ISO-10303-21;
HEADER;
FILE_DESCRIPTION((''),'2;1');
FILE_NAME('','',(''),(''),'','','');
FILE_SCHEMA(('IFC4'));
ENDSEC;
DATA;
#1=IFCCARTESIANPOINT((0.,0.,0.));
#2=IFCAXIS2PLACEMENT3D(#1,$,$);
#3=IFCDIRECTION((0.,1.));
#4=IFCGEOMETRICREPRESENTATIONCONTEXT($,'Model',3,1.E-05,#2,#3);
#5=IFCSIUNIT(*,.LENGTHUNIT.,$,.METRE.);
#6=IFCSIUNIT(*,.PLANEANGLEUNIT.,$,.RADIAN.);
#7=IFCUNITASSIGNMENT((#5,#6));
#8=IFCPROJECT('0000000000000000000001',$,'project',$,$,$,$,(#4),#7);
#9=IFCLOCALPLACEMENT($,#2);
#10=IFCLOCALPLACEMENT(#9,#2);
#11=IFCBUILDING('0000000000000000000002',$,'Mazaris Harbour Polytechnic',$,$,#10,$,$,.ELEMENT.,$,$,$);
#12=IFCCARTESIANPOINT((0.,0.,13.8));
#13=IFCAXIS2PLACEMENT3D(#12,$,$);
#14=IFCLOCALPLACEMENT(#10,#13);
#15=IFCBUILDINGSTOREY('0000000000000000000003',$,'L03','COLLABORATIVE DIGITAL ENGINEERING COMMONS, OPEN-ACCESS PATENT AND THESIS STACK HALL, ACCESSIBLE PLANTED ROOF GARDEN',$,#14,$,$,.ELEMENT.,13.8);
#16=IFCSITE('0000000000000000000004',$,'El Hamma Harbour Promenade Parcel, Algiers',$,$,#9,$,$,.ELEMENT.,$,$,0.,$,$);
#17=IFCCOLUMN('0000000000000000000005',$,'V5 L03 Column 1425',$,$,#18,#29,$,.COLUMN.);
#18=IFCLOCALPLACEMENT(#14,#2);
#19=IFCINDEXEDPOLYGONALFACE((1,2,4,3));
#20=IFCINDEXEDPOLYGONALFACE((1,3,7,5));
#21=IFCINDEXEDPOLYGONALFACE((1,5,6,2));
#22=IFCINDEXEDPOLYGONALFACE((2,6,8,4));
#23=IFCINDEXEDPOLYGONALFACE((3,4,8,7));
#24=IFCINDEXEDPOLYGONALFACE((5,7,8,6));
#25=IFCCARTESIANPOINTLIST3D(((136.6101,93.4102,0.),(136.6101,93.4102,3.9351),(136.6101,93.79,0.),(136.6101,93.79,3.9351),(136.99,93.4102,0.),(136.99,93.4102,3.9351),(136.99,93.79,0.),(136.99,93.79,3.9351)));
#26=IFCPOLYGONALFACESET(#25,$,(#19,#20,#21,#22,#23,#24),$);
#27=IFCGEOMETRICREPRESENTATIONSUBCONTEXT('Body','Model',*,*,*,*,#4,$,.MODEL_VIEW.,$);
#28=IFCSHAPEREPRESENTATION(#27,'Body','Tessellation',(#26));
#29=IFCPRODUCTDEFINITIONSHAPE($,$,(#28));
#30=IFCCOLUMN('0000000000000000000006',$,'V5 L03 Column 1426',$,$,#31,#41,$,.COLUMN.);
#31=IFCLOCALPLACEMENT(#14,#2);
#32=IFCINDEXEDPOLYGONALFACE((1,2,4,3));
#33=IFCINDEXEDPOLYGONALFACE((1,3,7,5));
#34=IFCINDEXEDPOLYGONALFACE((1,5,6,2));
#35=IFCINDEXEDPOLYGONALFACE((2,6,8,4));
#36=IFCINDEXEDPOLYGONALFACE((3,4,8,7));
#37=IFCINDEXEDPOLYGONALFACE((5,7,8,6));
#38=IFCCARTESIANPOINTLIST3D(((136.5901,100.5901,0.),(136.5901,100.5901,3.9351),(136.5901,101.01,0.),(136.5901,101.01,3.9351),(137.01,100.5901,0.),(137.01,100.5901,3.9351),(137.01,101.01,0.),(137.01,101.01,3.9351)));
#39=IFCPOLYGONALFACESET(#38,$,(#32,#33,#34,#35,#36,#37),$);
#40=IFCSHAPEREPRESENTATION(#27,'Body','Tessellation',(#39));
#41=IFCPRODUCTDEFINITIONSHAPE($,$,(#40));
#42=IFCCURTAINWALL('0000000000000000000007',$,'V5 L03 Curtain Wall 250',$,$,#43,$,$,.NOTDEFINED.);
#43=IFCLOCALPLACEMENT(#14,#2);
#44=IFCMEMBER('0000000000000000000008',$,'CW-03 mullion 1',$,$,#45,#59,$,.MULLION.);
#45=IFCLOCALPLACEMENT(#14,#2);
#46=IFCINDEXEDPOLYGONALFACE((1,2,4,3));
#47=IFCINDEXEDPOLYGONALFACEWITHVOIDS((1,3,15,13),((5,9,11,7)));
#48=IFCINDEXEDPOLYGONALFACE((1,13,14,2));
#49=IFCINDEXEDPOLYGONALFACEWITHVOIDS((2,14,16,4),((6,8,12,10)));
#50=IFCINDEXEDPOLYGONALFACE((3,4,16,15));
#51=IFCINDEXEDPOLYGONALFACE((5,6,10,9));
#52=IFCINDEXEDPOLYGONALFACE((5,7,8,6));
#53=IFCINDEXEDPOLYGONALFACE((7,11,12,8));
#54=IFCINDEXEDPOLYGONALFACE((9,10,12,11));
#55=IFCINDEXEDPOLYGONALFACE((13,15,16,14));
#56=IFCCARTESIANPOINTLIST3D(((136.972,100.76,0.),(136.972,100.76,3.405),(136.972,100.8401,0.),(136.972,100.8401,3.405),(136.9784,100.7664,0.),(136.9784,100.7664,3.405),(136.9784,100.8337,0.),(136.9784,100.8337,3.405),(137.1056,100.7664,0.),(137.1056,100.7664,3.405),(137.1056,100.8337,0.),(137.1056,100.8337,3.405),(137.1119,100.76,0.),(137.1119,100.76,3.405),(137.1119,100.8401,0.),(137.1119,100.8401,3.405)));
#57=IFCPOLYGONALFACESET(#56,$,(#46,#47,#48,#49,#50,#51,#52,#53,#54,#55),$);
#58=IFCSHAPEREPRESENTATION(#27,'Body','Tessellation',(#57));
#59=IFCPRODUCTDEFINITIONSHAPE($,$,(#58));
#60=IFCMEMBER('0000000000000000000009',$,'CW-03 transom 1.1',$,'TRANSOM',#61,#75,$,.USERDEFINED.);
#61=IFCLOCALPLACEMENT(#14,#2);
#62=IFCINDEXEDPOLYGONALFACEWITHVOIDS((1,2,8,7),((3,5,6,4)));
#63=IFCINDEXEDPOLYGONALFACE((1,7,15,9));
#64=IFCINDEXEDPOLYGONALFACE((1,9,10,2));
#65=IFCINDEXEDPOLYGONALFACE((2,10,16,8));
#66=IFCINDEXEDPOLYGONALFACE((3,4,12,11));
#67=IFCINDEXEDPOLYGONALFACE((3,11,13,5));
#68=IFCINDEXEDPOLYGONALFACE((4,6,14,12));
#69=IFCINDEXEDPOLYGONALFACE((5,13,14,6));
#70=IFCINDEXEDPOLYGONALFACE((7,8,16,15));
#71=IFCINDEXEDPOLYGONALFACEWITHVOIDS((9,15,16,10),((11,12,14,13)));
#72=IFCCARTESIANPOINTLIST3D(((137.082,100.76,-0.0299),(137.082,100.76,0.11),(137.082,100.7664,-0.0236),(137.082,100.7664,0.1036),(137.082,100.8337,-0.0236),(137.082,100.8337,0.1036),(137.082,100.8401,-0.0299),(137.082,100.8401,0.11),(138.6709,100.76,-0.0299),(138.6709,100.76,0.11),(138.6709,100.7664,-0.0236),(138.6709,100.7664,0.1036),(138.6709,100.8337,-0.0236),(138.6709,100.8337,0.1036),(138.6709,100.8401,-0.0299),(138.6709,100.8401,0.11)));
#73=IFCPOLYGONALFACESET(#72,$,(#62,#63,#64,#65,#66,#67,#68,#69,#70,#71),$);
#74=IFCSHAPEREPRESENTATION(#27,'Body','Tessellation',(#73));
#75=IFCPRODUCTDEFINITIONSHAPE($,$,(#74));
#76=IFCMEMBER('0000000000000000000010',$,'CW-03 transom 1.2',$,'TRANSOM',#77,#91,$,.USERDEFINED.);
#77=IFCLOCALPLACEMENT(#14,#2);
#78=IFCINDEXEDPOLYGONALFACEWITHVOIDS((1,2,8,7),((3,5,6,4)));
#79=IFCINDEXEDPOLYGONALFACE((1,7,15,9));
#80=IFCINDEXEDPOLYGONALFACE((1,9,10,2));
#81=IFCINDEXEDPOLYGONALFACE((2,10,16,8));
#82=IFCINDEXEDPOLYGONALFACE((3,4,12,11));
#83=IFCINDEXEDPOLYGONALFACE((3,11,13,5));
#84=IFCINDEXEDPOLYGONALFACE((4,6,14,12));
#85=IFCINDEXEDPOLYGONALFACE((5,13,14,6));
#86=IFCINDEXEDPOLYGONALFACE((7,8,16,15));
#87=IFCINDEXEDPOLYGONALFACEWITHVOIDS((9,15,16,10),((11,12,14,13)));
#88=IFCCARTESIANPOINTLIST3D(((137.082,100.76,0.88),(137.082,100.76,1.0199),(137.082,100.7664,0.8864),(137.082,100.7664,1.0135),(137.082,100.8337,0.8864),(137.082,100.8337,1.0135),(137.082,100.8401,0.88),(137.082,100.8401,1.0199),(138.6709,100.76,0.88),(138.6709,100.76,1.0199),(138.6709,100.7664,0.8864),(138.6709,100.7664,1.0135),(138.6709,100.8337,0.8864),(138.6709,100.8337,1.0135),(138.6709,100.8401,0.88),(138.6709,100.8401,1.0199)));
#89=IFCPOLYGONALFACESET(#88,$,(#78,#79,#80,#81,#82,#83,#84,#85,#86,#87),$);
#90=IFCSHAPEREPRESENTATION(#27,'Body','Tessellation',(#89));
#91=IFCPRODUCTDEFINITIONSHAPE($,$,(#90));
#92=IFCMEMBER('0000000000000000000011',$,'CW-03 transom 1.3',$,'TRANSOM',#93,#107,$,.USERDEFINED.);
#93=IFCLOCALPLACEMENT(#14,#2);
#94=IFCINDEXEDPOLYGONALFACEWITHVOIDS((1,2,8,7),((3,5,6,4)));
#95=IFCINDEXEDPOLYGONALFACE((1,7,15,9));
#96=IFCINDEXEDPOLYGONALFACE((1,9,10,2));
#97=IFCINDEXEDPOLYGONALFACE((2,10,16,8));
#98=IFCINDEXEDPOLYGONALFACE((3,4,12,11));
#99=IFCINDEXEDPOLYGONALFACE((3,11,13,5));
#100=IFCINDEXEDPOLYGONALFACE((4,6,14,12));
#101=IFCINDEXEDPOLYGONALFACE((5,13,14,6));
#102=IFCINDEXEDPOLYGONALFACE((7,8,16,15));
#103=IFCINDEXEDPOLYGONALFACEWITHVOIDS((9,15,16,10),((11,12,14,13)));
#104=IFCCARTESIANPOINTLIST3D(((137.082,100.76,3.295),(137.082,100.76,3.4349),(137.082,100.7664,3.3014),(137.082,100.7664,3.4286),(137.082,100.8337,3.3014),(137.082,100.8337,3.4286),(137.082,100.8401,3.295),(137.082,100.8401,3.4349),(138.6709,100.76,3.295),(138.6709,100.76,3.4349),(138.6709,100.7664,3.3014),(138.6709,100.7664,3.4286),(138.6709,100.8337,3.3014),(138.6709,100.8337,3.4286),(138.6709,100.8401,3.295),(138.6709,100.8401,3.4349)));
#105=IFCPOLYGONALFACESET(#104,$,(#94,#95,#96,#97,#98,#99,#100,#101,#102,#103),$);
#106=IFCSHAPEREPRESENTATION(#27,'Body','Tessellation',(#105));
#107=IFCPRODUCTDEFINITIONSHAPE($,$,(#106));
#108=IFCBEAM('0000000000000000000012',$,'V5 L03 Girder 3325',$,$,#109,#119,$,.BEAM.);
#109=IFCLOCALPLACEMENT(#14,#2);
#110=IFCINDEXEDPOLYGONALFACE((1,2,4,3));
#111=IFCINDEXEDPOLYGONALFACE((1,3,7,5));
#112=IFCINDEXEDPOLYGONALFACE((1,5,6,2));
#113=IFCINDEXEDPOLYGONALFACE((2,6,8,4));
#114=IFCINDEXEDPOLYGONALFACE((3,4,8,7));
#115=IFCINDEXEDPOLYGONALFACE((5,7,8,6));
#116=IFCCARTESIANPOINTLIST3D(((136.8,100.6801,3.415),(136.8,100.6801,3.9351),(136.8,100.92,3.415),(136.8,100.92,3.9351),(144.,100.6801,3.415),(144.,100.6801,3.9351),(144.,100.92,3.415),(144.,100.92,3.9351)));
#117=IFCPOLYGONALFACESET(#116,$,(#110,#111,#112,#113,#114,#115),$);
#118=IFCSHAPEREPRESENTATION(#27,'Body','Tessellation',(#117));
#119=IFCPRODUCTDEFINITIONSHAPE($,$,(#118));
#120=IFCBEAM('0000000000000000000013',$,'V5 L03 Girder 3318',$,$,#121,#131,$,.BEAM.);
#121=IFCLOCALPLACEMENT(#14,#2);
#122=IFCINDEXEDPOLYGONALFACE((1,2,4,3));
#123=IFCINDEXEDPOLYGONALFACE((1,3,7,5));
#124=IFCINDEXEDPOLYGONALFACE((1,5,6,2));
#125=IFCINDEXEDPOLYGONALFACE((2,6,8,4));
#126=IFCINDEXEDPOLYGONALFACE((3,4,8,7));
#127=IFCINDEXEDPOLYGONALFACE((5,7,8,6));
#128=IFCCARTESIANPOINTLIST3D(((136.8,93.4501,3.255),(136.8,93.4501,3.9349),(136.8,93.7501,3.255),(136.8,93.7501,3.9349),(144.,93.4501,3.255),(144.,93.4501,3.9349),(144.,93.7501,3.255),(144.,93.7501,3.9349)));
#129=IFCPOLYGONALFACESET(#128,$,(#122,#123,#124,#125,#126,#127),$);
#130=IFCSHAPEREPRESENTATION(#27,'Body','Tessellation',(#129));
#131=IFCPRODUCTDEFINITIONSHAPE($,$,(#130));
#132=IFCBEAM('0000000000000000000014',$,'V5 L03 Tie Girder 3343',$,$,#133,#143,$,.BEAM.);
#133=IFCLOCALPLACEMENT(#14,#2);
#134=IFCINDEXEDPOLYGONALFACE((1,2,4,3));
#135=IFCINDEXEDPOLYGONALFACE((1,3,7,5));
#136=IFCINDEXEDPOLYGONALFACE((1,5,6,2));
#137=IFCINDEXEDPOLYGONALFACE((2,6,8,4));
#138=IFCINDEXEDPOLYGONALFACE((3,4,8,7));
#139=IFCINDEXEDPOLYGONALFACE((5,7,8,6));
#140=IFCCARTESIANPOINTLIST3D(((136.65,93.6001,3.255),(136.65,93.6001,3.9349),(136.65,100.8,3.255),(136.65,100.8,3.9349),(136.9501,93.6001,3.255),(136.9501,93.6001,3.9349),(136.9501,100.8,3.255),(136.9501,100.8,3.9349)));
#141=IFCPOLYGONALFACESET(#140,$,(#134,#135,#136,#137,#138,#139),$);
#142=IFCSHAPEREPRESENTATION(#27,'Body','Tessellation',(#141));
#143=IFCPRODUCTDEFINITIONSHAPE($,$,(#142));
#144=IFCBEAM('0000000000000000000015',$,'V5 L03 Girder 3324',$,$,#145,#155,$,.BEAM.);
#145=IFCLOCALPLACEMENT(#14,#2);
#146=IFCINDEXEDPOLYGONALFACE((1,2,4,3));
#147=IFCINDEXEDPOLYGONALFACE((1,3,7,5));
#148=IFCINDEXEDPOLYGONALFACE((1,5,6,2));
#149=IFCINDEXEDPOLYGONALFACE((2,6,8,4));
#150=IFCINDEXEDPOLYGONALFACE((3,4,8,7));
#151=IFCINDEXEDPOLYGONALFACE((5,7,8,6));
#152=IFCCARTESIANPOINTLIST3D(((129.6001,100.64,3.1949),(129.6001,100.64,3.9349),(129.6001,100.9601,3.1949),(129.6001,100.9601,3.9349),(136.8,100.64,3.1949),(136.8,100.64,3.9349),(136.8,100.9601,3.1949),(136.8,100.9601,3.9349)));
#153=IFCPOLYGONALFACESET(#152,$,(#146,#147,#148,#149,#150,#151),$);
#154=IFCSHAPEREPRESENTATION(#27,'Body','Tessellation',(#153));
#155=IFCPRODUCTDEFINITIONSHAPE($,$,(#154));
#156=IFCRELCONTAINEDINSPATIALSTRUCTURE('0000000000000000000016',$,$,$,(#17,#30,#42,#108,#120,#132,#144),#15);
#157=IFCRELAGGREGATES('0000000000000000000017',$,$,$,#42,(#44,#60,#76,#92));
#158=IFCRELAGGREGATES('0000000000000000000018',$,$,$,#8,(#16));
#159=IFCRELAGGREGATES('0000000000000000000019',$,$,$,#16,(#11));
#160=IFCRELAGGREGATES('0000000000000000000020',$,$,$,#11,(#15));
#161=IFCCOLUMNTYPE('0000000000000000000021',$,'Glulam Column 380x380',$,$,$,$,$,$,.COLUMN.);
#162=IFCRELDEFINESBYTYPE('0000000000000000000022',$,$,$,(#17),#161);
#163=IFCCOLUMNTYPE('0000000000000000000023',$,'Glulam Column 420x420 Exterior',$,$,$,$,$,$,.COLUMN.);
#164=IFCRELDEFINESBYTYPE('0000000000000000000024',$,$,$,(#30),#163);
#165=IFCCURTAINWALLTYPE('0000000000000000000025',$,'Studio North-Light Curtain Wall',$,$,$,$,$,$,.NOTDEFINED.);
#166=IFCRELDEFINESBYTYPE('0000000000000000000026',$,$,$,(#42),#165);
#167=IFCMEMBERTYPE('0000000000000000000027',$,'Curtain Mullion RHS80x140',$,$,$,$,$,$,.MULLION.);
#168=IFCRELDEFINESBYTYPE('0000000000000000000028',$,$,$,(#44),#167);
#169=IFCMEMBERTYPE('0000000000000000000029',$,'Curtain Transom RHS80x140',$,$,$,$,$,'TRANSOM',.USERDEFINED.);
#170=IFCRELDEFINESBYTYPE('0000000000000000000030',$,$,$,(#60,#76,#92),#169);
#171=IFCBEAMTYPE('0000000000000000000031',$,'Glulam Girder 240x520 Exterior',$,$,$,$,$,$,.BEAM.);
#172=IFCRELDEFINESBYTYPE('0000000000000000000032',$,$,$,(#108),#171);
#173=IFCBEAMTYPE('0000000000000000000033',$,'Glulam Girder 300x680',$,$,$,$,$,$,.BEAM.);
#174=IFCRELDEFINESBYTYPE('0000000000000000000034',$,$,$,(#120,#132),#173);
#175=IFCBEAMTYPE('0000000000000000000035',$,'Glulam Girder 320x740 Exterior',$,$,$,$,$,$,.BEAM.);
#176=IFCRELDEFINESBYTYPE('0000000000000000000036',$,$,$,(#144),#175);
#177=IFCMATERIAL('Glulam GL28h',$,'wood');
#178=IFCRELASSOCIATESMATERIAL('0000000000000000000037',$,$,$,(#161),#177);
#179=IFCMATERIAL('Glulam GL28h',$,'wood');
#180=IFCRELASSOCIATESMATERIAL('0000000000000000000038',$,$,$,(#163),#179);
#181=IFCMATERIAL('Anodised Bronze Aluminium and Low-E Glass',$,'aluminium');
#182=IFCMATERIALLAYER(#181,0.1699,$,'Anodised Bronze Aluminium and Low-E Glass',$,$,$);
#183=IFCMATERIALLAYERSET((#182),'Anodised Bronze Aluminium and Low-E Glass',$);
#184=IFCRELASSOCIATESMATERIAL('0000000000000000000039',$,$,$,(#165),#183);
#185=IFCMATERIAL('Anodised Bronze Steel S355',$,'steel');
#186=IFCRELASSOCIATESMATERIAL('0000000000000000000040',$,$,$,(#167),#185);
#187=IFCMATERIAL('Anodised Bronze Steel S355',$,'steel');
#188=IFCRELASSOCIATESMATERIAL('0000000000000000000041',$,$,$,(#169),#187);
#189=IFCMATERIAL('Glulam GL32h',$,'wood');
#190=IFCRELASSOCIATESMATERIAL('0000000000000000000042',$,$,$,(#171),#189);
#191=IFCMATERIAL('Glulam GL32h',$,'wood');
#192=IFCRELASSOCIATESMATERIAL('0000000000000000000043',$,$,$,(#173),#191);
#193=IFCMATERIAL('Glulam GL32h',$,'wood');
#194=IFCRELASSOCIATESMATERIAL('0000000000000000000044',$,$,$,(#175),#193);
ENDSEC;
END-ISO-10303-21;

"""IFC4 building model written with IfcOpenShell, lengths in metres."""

from ifc_helpers import new_model, si_unit, direction, frame, origin, origin_2d, place, context, subcontext, project, spatial, rectangle, hollow_rectangle, extrude, material, layer, layer_set, material_profile, profile_set, type_object, element, aggregate, save


model = new_model("IFC4")

# Units and contexts
model_context = context("Model", 3, precision=1e-05, world=origin(), true_north=direction((0.0, 1.0)))
body_context = subcontext(model_context, "Body", "Model", "MODEL_VIEW")
ifc_project = project(units=[si_unit("LENGTHUNIT", "METRE"), si_unit("PLANEANGLEUNIT", "RADIAN")], contexts=[model_context])

# Site, building, storey
site_placement = place(None, origin())
site = spatial("IfcSite", under=ifc_project, at=site_placement, Name="El Hamma Harbour Promenade Parcel, Algiers", CompositionType="ELEMENT", RefElevation=0.0)
building_placement = place(site_placement, origin())
building = spatial("IfcBuilding", under=site, at=building_placement, Name="Mazaris Harbour Polytechnic", CompositionType="ELEMENT")
storey_placement = place(building_placement, frame((0.0, 0.0, 13.8)))
storey = spatial("IfcBuildingStorey", under=building, at=storey_placement, Name="L03", Description="COLLABORATIVE DIGITAL ENGINEERING COMMONS, OPEN-ACCESS PATENT AND THESIS STACK HALL, ACCESSIBLE PLANTED ROOF GARDEN", CompositionType="ELEMENT", Elevation=13.8)

# Columns
ifc_material_1 = material(Name="Glulam GL28h", Category="wood")
ifc_material_profile_1 = material_profile(ifc_material_1, rectangle(XDim=0.3799, YDim=0.3799, at=origin_2d()), Name="RECT380x380")
ifc_profile_set_1 = profile_set([ifc_material_profile_1], Name="Glulam GL28h")
column_type_1 = type_object("IfcColumnType", Name="Glulam Column 380x380", PredefinedType="COLUMN", material=ifc_profile_set_1)
column_1_placement = place(storey_placement, frame((136.8, 93.6001, 0.0), z_axis=(0.0, 0.0, 1.0), x_axis=(1.0, 0.0, 0.0)))
element("IfcColumn", 1, at=column_1_placement, inside=storey, type_object=column_type_1, Name="V5 L03 Column 1425", PredefinedType="COLUMN", context=body_context, shape_type="SweptSolid", body=[
    extrude(rectangle(XDim=0.3799, YDim=0.3799, at=origin_2d()), origin(), (0.0, 0.0, 1.0), 3.9351),
])
ifc_material_2 = material(Name="Glulam GL28h", Category="wood")
ifc_material_profile_2 = material_profile(ifc_material_2, rectangle(XDim=0.4199, YDim=0.4199, at=origin_2d()), Name="RECT420x420")
ifc_profile_set_2 = profile_set([ifc_material_profile_2], Name="Glulam GL28h")
column_type_2 = type_object("IfcColumnType", Name="Glulam Column 420x420 Exterior", PredefinedType="COLUMN", material=ifc_profile_set_2)
column_2_placement = place(storey_placement, frame((136.8, 100.8, 0.0), z_axis=(0.0, 0.0, 1.0), x_axis=(1.0, 0.0, 0.0)))
element("IfcColumn", 2, at=column_2_placement, inside=storey, type_object=column_type_2, Name="V5 L03 Column 1426", PredefinedType="COLUMN", context=body_context, shape_type="SweptSolid", body=[
    extrude(rectangle(XDim=0.4199, YDim=0.4199, at=origin_2d()), origin(), (0.0, 0.0, 1.0), 3.9351),
])

# Curtain wall, members
ifc_material_3 = material(Name="Anodised Bronze Aluminium and Low-E Glass", Category="aluminium")
ifc_layer_1 = layer(ifc_material_3, 0.1699, Name="Anodised Bronze Aluminium and Low-E Glass")
ifc_layer_set_1 = layer_set([ifc_layer_1], Name="Anodised Bronze Aluminium and Low-E Glass")
curtain_wall_type = type_object("IfcCurtainWallType", Name="Studio North-Light Curtain Wall", PredefinedType="NOTDEFINED", material=ifc_layer_set_1)
curtain_wall_placement = place(storey_placement, origin())
curtain_wall = element("IfcCurtainWall", 3, at=curtain_wall_placement, inside=storey, type_object=curtain_wall_type, Name="V5 L03 Curtain Wall 250", PredefinedType="NOTDEFINED")
ifc_material_4 = material(Name="Anodised Bronze Steel S355", Category="steel")
ifc_material_profile_3 = material_profile(ifc_material_4, hollow_rectangle(XDim=0.0801, YDim=0.1399, WallThickness=0.0063, at=origin_2d()), Name="RHS 80x140x6.3")
ifc_profile_set_3 = profile_set([ifc_material_profile_3], Name="Anodised Bronze Steel S355")
member_type_1 = type_object("IfcMemberType", Name="Curtain Mullion RHS80x140", PredefinedType="MULLION", material=ifc_profile_set_3)
member_1_placement = place(storey_placement, frame((137.042, 100.8, 0.0), z_axis=(0.0, 0.0, 1.0), x_axis=(0.0, 1.0, 0.0)))
member_1 = element("IfcMember", 4, at=member_1_placement, type_object=member_type_1, Name="CW-03 mullion 1", PredefinedType="MULLION", context=body_context, shape_type="SweptSolid", body=[
    extrude(hollow_rectangle(XDim=0.0801, YDim=0.1399, WallThickness=0.0063, at=origin_2d()), origin(), (0.0, 0.0, 1.0), 3.405),
])
ifc_material_5 = material(Name="Anodised Bronze Steel S355", Category="steel")
ifc_material_profile_4 = material_profile(ifc_material_5, hollow_rectangle(XDim=0.0801, YDim=0.1399, WallThickness=0.0063, at=origin_2d()), Name="RHS 80x140x6.3")
ifc_profile_set_4 = profile_set([ifc_material_profile_4], Name="Anodised Bronze Steel S355")
member_type_2 = type_object("IfcMemberType", Name="Curtain Transom RHS80x140", ElementType="TRANSOM", PredefinedType="USERDEFINED", material=ifc_profile_set_4)
member_2_placement = place(storey_placement, frame((137.082, 100.8, 0.04), z_axis=(1.0, 0.0, 0.0), x_axis=(0.0, 1.0, 0.0)))
member_2 = element("IfcMember", 5, at=member_2_placement, type_object=member_type_2, Name="CW-03 transom 1.1", ObjectType="TRANSOM", PredefinedType="USERDEFINED", context=body_context, shape_type="SweptSolid", body=[
    extrude(hollow_rectangle(XDim=0.0801, YDim=0.1399, WallThickness=0.0063, at=origin_2d()), origin(), (0.0, 0.0, 1.0), 1.5889),
])
member_3_placement = place(storey_placement, frame((137.082, 100.8, 0.95), z_axis=(1.0, 0.0, 0.0), x_axis=(0.0, 1.0, 0.0)))
member_3 = element("IfcMember", 6, at=member_3_placement, type_object=member_type_2, Name="CW-03 transom 1.2", ObjectType="TRANSOM", PredefinedType="USERDEFINED", context=body_context, shape_type="SweptSolid", body=[
    extrude(hollow_rectangle(XDim=0.0801, YDim=0.1399, WallThickness=0.0063, at=origin_2d()), origin(), (0.0, 0.0, 1.0), 1.5889),
])
member_4_placement = place(storey_placement, frame((137.082, 100.8, 3.365), z_axis=(1.0, 0.0, 0.0), x_axis=(0.0, 1.0, 0.0)))
member_4 = element("IfcMember", 7, at=member_4_placement, type_object=member_type_2, Name="CW-03 transom 1.3", ObjectType="TRANSOM", PredefinedType="USERDEFINED", context=body_context, shape_type="SweptSolid", body=[
    extrude(hollow_rectangle(XDim=0.0801, YDim=0.1399, WallThickness=0.0063, at=origin_2d()), origin(), (0.0, 0.0, 1.0), 1.5889),
])
aggregate(curtain_wall, [member_1, member_2, member_3, member_4])

# Beams
ifc_material_6 = material(Name="Glulam GL32h", Category="wood")
ifc_material_profile_5 = material_profile(ifc_material_6, rectangle(XDim=0.24, YDim=0.52, at=origin_2d()), Name="RECT240x520")
ifc_profile_set_5 = profile_set([ifc_material_profile_5], Name="Glulam GL32h")
beam_type_1 = type_object("IfcBeamType", Name="Glulam Girder 240x520 Exterior", PredefinedType="BEAM", material=ifc_profile_set_5)
beam_1_placement = place(storey_placement, frame((136.8, 100.8, 3.675), z_axis=(1.0, 0.0, 0.0), x_axis=(0.0, 1.0, 0.0)))
element("IfcBeam", 8, at=beam_1_placement, inside=storey, type_object=beam_type_1, Name="V5 L03 Girder 3325", PredefinedType="BEAM", context=body_context, shape_type="SweptSolid", body=[
    extrude(rectangle(XDim=0.24, YDim=0.52, at=origin_2d()), origin(), (0.0, 0.0, 1.0), 7.2),
])
ifc_material_7 = material(Name="Glulam GL32h", Category="wood")
ifc_material_profile_6 = material_profile(ifc_material_7, rectangle(XDim=0.3, YDim=0.6799, at=origin_2d()), Name="RECT300x680")
ifc_profile_set_6 = profile_set([ifc_material_profile_6], Name="Glulam GL32h")
beam_type_2 = type_object("IfcBeamType", Name="Glulam Girder 300x680", PredefinedType="BEAM", material=ifc_profile_set_6)
for number, where, z_axis, x_axis, name in (
    (9, (136.8, 93.6001, 3.595), (1.0, 0.0, 0.0), (0.0, 1.0, 0.0), "V5 L03 Girder 3318"),
    (10, (136.8, 93.6001, 3.595), (0.0, 1.0, 0.0), (-1.0, 0.0, 0.0), "V5 L03 Tie Girder 3343"),
):
    element("IfcBeam", number, at=place(storey_placement, frame(where, z_axis=z_axis, x_axis=x_axis)), inside=storey, type_object=beam_type_2, Name=name, PredefinedType="BEAM", context=body_context, shape_type="SweptSolid", body=[
        extrude(rectangle(XDim=0.3, YDim=0.6799, at=origin_2d()), origin(), (0.0, 0.0, 1.0), 7.2),
    ])
ifc_material_8 = material(Name="Glulam GL32h", Category="wood")
ifc_material_profile_7 = material_profile(ifc_material_8, rectangle(XDim=0.3201, YDim=0.74, at=origin_2d()), Name="RECT320x740")
ifc_profile_set_7 = profile_set([ifc_material_profile_7], Name="Glulam GL32h")
beam_type_3 = type_object("IfcBeamType", Name="Glulam Girder 320x740 Exterior", PredefinedType="BEAM", material=ifc_profile_set_7)
beam_2_placement = place(storey_placement, frame((129.6001, 100.8, 3.5649), z_axis=(1.0, 0.0, 0.0), x_axis=(0.0, 1.0, 0.0)))
element("IfcBeam", 11, at=beam_2_placement, inside=storey, type_object=beam_type_3, Name="V5 L03 Girder 3324", PredefinedType="BEAM", context=body_context, shape_type="SweptSolid", body=[
    extrude(rectangle(XDim=0.3201, YDim=0.74, at=origin_2d()), origin(), (0.0, 0.0, 1.0), 7.2),
])

save(model, "model.ifc")
